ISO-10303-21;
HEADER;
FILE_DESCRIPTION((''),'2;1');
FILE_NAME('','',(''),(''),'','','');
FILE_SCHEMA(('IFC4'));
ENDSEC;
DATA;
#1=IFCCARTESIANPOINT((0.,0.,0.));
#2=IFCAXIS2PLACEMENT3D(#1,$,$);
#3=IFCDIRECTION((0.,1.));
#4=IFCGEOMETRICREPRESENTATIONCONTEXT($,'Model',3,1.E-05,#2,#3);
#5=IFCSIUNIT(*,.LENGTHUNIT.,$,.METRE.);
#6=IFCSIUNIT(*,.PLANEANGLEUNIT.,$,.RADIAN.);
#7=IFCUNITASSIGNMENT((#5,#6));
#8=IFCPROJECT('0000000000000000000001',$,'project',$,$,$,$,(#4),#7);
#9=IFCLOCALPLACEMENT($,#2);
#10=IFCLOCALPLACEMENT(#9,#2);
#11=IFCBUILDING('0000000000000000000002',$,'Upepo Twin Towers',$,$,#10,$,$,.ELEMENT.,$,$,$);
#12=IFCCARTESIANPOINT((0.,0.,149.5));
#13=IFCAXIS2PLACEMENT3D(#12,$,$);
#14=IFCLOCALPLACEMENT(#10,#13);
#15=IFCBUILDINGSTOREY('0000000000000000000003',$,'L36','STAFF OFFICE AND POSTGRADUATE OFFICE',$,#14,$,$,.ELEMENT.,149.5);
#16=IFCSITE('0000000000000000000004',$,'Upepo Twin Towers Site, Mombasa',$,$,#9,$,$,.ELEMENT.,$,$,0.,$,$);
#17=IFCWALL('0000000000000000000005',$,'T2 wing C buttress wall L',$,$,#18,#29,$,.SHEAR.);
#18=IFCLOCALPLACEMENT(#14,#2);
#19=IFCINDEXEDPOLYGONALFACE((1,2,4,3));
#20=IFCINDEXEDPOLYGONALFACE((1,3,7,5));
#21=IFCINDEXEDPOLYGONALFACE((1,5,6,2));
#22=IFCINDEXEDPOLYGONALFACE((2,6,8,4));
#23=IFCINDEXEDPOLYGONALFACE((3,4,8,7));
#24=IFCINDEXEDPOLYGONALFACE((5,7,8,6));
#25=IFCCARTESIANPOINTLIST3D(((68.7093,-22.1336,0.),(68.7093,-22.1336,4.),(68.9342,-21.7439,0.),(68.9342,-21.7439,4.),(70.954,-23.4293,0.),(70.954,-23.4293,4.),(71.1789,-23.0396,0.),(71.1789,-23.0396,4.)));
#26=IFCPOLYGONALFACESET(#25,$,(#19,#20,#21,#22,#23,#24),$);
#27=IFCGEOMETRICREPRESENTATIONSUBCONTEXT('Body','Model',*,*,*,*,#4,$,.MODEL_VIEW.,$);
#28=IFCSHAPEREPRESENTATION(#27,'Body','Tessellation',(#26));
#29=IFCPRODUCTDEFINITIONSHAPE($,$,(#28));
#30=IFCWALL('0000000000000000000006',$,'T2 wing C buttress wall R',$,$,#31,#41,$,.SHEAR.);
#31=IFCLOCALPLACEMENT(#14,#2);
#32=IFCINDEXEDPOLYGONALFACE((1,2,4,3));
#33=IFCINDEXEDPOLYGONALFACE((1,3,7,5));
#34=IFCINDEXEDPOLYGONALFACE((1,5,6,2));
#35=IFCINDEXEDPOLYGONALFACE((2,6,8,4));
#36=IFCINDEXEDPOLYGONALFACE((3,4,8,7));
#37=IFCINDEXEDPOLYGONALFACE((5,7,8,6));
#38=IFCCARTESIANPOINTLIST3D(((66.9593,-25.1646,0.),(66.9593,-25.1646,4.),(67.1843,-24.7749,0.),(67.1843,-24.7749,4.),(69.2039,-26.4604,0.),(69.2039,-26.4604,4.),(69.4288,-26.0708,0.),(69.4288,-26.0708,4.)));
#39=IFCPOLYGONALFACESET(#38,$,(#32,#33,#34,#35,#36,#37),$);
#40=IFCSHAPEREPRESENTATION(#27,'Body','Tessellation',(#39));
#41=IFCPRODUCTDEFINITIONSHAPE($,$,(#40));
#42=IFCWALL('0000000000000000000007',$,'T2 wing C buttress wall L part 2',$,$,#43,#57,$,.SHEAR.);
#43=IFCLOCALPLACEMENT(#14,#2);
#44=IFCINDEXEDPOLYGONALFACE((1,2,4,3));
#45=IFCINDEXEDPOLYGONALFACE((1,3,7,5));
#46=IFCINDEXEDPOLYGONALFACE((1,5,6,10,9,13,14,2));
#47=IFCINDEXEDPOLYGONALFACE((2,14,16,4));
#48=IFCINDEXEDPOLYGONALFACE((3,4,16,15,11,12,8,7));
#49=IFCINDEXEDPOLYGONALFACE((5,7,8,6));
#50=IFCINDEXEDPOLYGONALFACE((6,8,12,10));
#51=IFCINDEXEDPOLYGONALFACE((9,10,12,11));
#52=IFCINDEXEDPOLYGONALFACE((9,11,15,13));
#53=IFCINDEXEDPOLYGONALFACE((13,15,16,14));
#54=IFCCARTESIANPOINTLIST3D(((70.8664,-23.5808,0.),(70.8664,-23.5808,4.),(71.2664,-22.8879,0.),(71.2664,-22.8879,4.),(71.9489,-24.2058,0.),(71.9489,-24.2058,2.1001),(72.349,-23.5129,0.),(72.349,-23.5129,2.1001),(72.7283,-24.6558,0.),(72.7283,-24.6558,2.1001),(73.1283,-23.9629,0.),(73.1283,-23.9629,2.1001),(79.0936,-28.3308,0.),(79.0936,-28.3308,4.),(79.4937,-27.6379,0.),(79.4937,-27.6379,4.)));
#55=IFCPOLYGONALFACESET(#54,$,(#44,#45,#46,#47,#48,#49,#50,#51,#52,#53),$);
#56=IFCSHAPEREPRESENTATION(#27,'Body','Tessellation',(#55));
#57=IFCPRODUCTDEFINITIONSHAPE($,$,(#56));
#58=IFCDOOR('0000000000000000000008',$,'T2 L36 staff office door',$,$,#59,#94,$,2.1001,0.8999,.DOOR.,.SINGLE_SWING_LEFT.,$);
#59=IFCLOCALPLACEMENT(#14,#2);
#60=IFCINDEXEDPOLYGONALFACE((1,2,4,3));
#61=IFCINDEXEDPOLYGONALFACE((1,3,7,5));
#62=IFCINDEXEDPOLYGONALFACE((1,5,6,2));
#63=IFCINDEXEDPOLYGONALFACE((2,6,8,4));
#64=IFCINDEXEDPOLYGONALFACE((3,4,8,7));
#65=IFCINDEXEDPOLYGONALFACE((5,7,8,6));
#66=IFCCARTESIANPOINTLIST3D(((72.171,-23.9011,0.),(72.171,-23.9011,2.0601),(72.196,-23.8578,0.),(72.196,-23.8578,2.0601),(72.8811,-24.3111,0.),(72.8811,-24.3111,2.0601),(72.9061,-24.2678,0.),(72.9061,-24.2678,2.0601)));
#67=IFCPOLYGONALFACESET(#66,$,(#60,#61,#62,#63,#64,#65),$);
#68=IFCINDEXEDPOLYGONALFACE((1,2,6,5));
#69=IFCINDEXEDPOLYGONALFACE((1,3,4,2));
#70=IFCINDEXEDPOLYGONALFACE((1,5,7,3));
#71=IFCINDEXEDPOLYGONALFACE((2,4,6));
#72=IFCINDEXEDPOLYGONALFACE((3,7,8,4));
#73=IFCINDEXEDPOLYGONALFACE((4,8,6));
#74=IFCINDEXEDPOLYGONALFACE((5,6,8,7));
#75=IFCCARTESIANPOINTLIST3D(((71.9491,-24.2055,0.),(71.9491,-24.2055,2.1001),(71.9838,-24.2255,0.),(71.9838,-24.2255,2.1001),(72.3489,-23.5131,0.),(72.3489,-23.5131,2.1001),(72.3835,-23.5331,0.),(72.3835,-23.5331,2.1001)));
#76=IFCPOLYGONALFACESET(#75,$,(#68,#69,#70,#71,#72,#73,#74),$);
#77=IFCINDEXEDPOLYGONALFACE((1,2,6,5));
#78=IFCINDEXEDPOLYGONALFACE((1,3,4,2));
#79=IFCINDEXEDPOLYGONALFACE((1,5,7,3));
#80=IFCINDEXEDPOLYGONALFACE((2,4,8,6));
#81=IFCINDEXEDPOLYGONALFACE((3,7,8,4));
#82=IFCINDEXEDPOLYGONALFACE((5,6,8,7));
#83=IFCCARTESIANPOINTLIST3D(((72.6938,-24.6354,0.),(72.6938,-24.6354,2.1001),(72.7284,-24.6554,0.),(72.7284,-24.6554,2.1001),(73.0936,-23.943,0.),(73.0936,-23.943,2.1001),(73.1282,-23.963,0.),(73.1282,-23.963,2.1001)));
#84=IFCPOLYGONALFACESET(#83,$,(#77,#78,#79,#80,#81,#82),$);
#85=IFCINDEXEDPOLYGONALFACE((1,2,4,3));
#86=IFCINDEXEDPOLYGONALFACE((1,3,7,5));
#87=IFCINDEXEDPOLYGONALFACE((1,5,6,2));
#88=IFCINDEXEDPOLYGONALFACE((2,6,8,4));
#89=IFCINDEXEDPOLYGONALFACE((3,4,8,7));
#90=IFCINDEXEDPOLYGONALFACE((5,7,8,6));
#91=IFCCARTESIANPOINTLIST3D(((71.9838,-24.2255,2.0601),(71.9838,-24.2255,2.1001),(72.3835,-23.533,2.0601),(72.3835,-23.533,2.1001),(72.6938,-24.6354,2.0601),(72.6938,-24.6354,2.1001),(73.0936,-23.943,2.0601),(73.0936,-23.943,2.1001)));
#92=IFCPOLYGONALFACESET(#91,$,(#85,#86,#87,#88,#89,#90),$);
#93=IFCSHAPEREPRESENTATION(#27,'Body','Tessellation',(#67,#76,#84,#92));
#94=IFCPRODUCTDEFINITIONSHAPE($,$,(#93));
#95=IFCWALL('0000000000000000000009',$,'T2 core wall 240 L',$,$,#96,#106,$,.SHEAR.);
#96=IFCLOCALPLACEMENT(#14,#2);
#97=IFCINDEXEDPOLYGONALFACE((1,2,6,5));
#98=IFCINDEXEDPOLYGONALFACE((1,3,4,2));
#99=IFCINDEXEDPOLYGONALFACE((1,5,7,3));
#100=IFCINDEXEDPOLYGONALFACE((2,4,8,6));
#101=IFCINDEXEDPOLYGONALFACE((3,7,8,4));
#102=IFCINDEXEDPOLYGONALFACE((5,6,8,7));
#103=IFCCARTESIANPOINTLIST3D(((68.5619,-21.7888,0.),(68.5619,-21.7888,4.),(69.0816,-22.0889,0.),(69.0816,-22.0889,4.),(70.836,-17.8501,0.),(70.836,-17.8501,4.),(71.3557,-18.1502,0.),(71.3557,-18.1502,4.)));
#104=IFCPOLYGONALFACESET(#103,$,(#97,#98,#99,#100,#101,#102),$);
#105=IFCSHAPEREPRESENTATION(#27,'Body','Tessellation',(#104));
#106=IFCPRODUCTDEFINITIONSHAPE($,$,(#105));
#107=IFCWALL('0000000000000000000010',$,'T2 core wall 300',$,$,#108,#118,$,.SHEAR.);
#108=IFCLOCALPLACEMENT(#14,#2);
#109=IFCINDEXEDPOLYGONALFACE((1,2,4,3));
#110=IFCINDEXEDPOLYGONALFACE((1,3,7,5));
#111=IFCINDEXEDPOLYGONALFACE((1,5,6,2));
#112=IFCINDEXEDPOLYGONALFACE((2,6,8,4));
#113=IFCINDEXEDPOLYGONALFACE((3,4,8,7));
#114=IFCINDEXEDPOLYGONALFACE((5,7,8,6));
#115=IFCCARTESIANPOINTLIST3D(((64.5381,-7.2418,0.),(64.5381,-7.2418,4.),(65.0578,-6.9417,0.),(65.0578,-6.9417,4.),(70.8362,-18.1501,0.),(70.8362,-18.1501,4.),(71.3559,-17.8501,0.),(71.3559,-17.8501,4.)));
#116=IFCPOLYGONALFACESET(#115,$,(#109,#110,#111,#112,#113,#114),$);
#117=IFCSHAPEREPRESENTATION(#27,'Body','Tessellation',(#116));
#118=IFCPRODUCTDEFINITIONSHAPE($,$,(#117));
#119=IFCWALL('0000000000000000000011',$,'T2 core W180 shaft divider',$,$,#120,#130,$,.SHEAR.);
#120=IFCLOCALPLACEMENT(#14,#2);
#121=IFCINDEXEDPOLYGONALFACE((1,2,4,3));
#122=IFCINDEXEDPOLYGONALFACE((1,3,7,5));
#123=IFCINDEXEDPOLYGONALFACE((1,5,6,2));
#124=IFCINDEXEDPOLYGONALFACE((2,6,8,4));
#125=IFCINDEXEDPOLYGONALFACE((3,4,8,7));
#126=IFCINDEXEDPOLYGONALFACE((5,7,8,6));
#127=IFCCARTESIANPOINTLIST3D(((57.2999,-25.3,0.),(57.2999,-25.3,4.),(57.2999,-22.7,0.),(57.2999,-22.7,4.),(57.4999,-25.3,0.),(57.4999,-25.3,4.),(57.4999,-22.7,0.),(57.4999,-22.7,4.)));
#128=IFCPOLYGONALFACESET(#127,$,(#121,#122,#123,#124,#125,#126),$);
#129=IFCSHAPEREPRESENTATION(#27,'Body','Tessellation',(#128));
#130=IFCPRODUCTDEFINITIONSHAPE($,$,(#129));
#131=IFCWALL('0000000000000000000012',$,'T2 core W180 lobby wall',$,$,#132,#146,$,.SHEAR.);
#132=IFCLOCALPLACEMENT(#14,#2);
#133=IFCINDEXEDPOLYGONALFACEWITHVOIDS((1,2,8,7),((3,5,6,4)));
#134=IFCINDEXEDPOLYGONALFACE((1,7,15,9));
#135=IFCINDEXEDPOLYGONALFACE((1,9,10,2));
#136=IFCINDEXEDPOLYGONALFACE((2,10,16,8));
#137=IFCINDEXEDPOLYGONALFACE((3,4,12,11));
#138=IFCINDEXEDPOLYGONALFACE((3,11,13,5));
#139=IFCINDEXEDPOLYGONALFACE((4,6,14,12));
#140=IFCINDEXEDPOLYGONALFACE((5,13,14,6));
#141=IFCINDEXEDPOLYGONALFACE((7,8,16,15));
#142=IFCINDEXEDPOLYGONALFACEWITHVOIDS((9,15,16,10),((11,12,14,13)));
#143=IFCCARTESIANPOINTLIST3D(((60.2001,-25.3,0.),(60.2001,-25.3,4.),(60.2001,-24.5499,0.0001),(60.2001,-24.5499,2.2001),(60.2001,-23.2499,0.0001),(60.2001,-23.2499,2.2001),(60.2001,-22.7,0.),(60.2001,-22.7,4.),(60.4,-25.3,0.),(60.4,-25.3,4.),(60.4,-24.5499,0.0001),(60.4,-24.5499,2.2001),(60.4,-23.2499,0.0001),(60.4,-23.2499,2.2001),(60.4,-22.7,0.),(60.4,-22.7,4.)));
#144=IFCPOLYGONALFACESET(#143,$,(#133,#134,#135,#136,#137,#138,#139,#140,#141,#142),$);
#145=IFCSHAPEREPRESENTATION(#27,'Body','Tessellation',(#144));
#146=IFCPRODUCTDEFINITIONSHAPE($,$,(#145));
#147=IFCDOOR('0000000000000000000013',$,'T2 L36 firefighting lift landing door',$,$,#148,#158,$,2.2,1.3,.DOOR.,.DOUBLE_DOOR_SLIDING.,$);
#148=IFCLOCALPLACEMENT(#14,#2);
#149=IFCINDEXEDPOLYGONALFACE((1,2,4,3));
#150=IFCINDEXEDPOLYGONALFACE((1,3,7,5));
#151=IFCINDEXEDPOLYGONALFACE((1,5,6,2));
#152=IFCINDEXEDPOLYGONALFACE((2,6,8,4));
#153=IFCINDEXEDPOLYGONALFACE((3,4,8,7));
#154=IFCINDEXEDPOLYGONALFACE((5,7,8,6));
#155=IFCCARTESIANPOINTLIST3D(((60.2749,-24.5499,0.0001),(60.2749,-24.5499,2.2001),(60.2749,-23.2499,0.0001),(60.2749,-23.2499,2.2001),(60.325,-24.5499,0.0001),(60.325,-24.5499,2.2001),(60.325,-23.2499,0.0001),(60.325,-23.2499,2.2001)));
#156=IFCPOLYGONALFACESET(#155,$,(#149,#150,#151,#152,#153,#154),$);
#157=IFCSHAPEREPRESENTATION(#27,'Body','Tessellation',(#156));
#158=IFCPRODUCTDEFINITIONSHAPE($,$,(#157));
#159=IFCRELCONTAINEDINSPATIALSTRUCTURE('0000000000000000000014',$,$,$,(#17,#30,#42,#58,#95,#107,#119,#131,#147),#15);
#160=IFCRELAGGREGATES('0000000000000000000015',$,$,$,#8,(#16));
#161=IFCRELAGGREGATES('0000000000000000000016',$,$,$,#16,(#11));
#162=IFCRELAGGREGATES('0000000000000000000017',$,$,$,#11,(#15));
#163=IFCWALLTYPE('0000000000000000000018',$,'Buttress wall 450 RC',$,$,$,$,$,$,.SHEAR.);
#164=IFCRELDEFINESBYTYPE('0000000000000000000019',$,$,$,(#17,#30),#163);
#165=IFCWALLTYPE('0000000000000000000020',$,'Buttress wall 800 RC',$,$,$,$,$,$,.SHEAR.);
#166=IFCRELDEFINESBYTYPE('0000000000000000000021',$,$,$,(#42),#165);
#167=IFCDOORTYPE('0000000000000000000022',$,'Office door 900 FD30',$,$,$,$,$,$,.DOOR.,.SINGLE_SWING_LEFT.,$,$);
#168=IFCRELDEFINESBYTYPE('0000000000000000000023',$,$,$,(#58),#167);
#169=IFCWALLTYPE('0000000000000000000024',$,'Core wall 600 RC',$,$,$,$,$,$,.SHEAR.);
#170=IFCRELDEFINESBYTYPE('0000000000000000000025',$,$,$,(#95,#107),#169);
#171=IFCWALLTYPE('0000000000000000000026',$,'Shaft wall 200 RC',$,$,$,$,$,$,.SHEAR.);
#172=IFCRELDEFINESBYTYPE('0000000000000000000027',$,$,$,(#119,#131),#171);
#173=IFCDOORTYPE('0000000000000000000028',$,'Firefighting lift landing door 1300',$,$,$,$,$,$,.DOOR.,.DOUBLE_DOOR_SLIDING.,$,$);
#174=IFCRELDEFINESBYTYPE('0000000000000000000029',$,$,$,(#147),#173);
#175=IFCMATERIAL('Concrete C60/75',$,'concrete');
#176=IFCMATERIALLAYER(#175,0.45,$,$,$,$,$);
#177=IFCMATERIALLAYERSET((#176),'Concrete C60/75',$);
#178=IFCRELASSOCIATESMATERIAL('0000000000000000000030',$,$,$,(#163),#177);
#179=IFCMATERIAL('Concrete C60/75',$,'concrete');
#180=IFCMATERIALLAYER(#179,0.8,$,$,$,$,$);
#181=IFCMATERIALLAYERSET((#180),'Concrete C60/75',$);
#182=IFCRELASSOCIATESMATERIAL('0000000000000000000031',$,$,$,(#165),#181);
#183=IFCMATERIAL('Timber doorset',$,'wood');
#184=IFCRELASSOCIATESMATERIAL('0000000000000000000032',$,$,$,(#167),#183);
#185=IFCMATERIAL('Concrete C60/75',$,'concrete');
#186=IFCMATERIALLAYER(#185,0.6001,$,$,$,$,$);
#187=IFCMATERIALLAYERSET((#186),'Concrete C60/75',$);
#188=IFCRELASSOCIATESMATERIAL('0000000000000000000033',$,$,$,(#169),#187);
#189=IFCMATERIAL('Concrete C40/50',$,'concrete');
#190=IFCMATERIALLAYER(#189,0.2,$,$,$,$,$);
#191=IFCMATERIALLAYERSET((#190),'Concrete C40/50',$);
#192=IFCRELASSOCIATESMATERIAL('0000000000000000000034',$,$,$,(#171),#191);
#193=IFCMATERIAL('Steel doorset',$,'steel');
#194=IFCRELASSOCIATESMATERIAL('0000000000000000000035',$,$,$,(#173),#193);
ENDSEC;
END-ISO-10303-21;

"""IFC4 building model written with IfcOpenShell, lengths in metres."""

from ifc_helpers import new_model, si_unit, direction, frame, frame_2d, origin, place, context, subcontext, project, spatial, rectangle, extrude, material, layer, layer_set, type_object, element, fill, save


model = new_model("IFC4")

# Units and contexts
model_context = context("Model", 3, precision=1e-05, world=origin(), true_north=direction((0.0, 1.0)))
body_context = subcontext(model_context, "Body", "Model", "MODEL_VIEW")
ifc_project = project(units=[si_unit("LENGTHUNIT", "METRE"), si_unit("PLANEANGLEUNIT", "RADIAN")], contexts=[model_context])

# Site, building, storey
site_placement = place(None, origin())
site = spatial("IfcSite", under=ifc_project, at=site_placement, Name="Upepo Twin Towers Site, Mombasa", CompositionType="ELEMENT", RefElevation=0.0)
building_placement = place(site_placement, origin())
building = spatial("IfcBuilding", under=site, at=building_placement, Name="Upepo Twin Towers", CompositionType="ELEMENT")
storey_placement = place(building_placement, frame((0.0, 0.0, 149.5)))
storey = spatial("IfcBuildingStorey", under=building, at=storey_placement, Name="L36", Description="STAFF OFFICE AND POSTGRADUATE OFFICE", CompositionType="ELEMENT", Elevation=149.5)

# Walls
ifc_material_1 = material(Name="Concrete C60/75", Category="concrete")
ifc_layer_1 = layer(ifc_material_1, 0.45)
ifc_layer_set_1 = layer_set([ifc_layer_1], Name="Concrete C60/75")
wall_type_1 = type_object("IfcWallType", Name="Buttress wall 450 RC", PredefinedType="SHEAR", material=ifc_layer_set_1)
for number, where, z_axis, x_axis, name in (
    (1, (68.8218, -21.9387, 0.0), (0.0, 0.0, 1.0), (0.866073, -0.499918, 0.0), "T2 wing C buttress wall L"),
    (2, (67.0718, -24.9697, 0.0), (0.0, 0.0, 1.0), (0.866032, -0.499989, 0.0), "T2 wing C buttress wall R"),
):
    element("IfcWall", number, at=place(storey_placement, frame(where, z_axis=z_axis, x_axis=x_axis)), inside=storey, type_object=wall_type_1, Name=name, PredefinedType="SHEAR", context=body_context, shape_type="SweptSolid", body=[
        extrude(rectangle(XDim=2.5918, YDim=0.45, at=frame_2d((1.2959, 0.0))), origin(), (0.0, 0.0, 1.0), 4.0),
    ])

# Wall, opening, door
ifc_material_2 = material(Name="Concrete C60/75", Category="concrete")
ifc_layer_2 = layer(ifc_material_2, 0.8)
ifc_layer_set_2 = layer_set([ifc_layer_2], Name="Concrete C60/75")
wall_type_2 = type_object("IfcWallType", Name="Buttress wall 800 RC", PredefinedType="SHEAR", material=ifc_layer_set_2)
wall_1_placement = place(storey_placement, frame((71.0664, -23.2344, 0.0), z_axis=(0.0, 0.0, 1.0), x_axis=(0.866027, -0.499998, 0.0)))
wall_1 = element("IfcWall", 3, at=wall_1_placement, inside=storey, type_object=wall_type_2, Name="T2 wing C buttress wall L part 2", PredefinedType="SHEAR", context=body_context, shape_type="SweptSolid", body=[
    extrude(rectangle(XDim=9.5, YDim=0.8, at=frame_2d((4.75, 0.0))), origin(), (0.0, 0.0, 1.0), 4.0),
])
opening_1_placement = place(wall_1_placement, frame((1.25, 0.0, 0.0)))
opening_1 = element("IfcOpeningElement", 4, at=opening_1_placement, cuts=wall_1, PredefinedType="OPENING", context=body_context, shape_type="SweptSolid", body=[
    extrude(rectangle(XDim=0.8999, YDim=2.1001, at=frame_2d((0.45, 1.05))), frame((0.0, 0.4099, 0.0), z_axis=(0.0, -1.0, 0.0), x_axis=(1.0, 0.0, 0.0)), (0.0, 0.0, 1.0), 0.8201),
])
ifc_material_3 = material(Name="Timber doorset", Category="wood")
door_type_1 = type_object("IfcDoorType", Name="Office door 900 FD30", OperationType="SINGLE_SWING_LEFT", PredefinedType="DOOR", material=ifc_material_3)
door_1_placement = place(opening_1_placement, origin())
door_1 = element("IfcDoor", 5, at=door_1_placement, inside=storey, type_object=door_type_1, Name="T2 L36 staff office door", OperationType="SINGLE_SWING_LEFT", OverallHeight=2.1001, OverallWidth=0.8999, PredefinedType="DOOR", context=body_context, shape_type="SweptSolid", body=[
    extrude(rectangle(XDim=0.8199, YDim=2.0601, at=frame_2d((0.45, 1.03))), frame((0.0, 0.0249, 0.0), z_axis=(0.0, -1.0, 0.0), x_axis=(1.0, 0.0, 0.0)), (0.0, 0.0, 1.0), 0.05),
    extrude(rectangle(XDim=0.04, YDim=2.1001, at=frame_2d((0.02, 1.05))), frame((0.0, 0.3999, 0.0), z_axis=(0.0, -1.0, 0.0), x_axis=(1.0, 0.0, 0.0)), (0.0, 0.0, 1.0), 0.7996),
    extrude(rectangle(XDim=0.04, YDim=2.1001, at=frame_2d((0.8799, 1.05))), frame((0.0, 0.3999, 0.0), z_axis=(0.0, -1.0, 0.0), x_axis=(1.0, 0.0, 0.0)), (0.0, 0.0, 1.0), 0.7996),
    extrude(rectangle(XDim=0.8199, YDim=0.04, at=frame_2d((0.45, 2.0801))), frame((0.0, 0.3999, 0.0), z_axis=(0.0, -1.0, 0.0), x_axis=(1.0, 0.0, 0.0)), (0.0, 0.0, 1.0), 0.7996),
])
fill(opening_1, door_1)

# Walls
ifc_material_4 = material(Name="Concrete C60/75", Category="concrete")
ifc_layer_3 = layer(ifc_material_4, 0.6001)
ifc_layer_set_3 = layer_set([ifc_layer_3], Name="Concrete C60/75")
wall_type_3 = type_object("IfcWallType", Name="Core wall 600 RC", PredefinedType="SHEAR", material=ifc_layer_set_3)
wall_2_placement = place(storey_placement, frame((68.8218, -21.9387, 0.0), z_axis=(0.0, 0.0, 1.0), x_axis=(0.500024, 0.866011, 0.0)))
element("IfcWall", 6, at=wall_2_placement, inside=storey, type_object=wall_type_3, Name="T2 core wall 240 L", PredefinedType="SHEAR", context=body_context, shape_type="SweptSolid", body=[
    extrude(rectangle(XDim=4.5481, YDim=0.6001, at=frame_2d((2.2739, 0.0))), origin(), (0.0, 0.0, 1.0), 4.0),
])
wall_3_placement = place(storey_placement, frame((71.0959, -18.0, 0.0), z_axis=(0.0, 0.0, 1.0), x_axis=(-0.500006, 0.866022, 0.0)))
element("IfcWall", 7, at=wall_3_placement, inside=storey, type_object=wall_type_3, Name="T2 core wall 300", PredefinedType="SHEAR", context=body_context, shape_type="SweptSolid", body=[
    extrude(rectangle(XDim=12.5959, YDim=0.6001, at=frame_2d((6.2979, 0.0))), origin(), (0.0, 0.0, 1.0), 4.0),
])
ifc_material_5 = material(Name="Concrete C40/50", Category="concrete")
ifc_layer_4 = layer(ifc_material_5, 0.2)
ifc_layer_set_4 = layer_set([ifc_layer_4], Name="Concrete C40/50")
wall_type_4 = type_object("IfcWallType", Name="Shaft wall 200 RC", PredefinedType="SHEAR", material=ifc_layer_set_4)
wall_4_placement = place(storey_placement, frame((57.3999, -22.7, 0.0), z_axis=(0.0, 0.0, 1.0), x_axis=(0.0, -1.0, 0.0)))
element("IfcWall", 8, at=wall_4_placement, inside=storey, type_object=wall_type_4, Name="T2 core W180 shaft divider", PredefinedType="SHEAR", context=body_context, shape_type="SweptSolid", body=[
    extrude(rectangle(XDim=2.6001, YDim=0.2, at=frame_2d((1.3, 0.0))), origin(), (0.0, 0.0, 1.0), 4.0),
])

# Wall, opening, door
wall_5_placement = place(storey_placement, frame((60.3, -22.7, 0.0), z_axis=(0.0, 0.0, 1.0), x_axis=(0.0, -1.0, 0.0)))
wall_5 = element("IfcWall", 9, at=wall_5_placement, inside=storey, type_object=wall_type_4, Name="T2 core W180 lobby wall", PredefinedType="SHEAR", context=body_context, shape_type="SweptSolid", body=[
    extrude(rectangle(XDim=2.6001, YDim=0.2, at=frame_2d((1.3, 0.0))), origin(), (0.0, 0.0, 1.0), 4.0),
])
opening_2_placement = place(wall_5_placement, frame((0.55, 0.0, 0.0)))
opening_2 = element("IfcOpeningElement", 10, at=opening_2_placement, cuts=wall_5, PredefinedType="OPENING", context=body_context, shape_type="SweptSolid", body=[
    extrude(rectangle(XDim=1.3, YDim=2.2, at=frame_2d((0.6499, 1.1001))), frame((0.0, 0.1099, 0.0), z_axis=(0.0, -1.0, 0.0), x_axis=(1.0, 0.0, 0.0)), (0.0, 0.0, 1.0), 0.22),
])
ifc_material_6 = material(Name="Steel doorset", Category="steel")
door_type_2 = type_object("IfcDoorType", Name="Firefighting lift landing door 1300", OperationType="DOUBLE_DOOR_SLIDING", PredefinedType="DOOR", material=ifc_material_6)
door_2_placement = place(opening_2_placement, origin())
door_2 = element("IfcDoor", 11, at=door_2_placement, inside=storey, type_object=door_type_2, Name="T2 L36 firefighting lift landing door", OperationType="DOUBLE_DOOR_SLIDING", OverallHeight=2.2, OverallWidth=1.3, PredefinedType="DOOR", context=body_context, shape_type="SweptSolid", body=[
    extrude(rectangle(XDim=1.3, YDim=2.2, at=frame_2d((0.6499, 1.1001))), frame((0.0, 0.0249, 0.0), z_axis=(0.0, -1.0, 0.0), x_axis=(1.0, 0.0, 0.0)), (0.0, 0.0, 1.0), 0.05),
])
fill(opening_2, door_2)

save(model, "model.ifc")
